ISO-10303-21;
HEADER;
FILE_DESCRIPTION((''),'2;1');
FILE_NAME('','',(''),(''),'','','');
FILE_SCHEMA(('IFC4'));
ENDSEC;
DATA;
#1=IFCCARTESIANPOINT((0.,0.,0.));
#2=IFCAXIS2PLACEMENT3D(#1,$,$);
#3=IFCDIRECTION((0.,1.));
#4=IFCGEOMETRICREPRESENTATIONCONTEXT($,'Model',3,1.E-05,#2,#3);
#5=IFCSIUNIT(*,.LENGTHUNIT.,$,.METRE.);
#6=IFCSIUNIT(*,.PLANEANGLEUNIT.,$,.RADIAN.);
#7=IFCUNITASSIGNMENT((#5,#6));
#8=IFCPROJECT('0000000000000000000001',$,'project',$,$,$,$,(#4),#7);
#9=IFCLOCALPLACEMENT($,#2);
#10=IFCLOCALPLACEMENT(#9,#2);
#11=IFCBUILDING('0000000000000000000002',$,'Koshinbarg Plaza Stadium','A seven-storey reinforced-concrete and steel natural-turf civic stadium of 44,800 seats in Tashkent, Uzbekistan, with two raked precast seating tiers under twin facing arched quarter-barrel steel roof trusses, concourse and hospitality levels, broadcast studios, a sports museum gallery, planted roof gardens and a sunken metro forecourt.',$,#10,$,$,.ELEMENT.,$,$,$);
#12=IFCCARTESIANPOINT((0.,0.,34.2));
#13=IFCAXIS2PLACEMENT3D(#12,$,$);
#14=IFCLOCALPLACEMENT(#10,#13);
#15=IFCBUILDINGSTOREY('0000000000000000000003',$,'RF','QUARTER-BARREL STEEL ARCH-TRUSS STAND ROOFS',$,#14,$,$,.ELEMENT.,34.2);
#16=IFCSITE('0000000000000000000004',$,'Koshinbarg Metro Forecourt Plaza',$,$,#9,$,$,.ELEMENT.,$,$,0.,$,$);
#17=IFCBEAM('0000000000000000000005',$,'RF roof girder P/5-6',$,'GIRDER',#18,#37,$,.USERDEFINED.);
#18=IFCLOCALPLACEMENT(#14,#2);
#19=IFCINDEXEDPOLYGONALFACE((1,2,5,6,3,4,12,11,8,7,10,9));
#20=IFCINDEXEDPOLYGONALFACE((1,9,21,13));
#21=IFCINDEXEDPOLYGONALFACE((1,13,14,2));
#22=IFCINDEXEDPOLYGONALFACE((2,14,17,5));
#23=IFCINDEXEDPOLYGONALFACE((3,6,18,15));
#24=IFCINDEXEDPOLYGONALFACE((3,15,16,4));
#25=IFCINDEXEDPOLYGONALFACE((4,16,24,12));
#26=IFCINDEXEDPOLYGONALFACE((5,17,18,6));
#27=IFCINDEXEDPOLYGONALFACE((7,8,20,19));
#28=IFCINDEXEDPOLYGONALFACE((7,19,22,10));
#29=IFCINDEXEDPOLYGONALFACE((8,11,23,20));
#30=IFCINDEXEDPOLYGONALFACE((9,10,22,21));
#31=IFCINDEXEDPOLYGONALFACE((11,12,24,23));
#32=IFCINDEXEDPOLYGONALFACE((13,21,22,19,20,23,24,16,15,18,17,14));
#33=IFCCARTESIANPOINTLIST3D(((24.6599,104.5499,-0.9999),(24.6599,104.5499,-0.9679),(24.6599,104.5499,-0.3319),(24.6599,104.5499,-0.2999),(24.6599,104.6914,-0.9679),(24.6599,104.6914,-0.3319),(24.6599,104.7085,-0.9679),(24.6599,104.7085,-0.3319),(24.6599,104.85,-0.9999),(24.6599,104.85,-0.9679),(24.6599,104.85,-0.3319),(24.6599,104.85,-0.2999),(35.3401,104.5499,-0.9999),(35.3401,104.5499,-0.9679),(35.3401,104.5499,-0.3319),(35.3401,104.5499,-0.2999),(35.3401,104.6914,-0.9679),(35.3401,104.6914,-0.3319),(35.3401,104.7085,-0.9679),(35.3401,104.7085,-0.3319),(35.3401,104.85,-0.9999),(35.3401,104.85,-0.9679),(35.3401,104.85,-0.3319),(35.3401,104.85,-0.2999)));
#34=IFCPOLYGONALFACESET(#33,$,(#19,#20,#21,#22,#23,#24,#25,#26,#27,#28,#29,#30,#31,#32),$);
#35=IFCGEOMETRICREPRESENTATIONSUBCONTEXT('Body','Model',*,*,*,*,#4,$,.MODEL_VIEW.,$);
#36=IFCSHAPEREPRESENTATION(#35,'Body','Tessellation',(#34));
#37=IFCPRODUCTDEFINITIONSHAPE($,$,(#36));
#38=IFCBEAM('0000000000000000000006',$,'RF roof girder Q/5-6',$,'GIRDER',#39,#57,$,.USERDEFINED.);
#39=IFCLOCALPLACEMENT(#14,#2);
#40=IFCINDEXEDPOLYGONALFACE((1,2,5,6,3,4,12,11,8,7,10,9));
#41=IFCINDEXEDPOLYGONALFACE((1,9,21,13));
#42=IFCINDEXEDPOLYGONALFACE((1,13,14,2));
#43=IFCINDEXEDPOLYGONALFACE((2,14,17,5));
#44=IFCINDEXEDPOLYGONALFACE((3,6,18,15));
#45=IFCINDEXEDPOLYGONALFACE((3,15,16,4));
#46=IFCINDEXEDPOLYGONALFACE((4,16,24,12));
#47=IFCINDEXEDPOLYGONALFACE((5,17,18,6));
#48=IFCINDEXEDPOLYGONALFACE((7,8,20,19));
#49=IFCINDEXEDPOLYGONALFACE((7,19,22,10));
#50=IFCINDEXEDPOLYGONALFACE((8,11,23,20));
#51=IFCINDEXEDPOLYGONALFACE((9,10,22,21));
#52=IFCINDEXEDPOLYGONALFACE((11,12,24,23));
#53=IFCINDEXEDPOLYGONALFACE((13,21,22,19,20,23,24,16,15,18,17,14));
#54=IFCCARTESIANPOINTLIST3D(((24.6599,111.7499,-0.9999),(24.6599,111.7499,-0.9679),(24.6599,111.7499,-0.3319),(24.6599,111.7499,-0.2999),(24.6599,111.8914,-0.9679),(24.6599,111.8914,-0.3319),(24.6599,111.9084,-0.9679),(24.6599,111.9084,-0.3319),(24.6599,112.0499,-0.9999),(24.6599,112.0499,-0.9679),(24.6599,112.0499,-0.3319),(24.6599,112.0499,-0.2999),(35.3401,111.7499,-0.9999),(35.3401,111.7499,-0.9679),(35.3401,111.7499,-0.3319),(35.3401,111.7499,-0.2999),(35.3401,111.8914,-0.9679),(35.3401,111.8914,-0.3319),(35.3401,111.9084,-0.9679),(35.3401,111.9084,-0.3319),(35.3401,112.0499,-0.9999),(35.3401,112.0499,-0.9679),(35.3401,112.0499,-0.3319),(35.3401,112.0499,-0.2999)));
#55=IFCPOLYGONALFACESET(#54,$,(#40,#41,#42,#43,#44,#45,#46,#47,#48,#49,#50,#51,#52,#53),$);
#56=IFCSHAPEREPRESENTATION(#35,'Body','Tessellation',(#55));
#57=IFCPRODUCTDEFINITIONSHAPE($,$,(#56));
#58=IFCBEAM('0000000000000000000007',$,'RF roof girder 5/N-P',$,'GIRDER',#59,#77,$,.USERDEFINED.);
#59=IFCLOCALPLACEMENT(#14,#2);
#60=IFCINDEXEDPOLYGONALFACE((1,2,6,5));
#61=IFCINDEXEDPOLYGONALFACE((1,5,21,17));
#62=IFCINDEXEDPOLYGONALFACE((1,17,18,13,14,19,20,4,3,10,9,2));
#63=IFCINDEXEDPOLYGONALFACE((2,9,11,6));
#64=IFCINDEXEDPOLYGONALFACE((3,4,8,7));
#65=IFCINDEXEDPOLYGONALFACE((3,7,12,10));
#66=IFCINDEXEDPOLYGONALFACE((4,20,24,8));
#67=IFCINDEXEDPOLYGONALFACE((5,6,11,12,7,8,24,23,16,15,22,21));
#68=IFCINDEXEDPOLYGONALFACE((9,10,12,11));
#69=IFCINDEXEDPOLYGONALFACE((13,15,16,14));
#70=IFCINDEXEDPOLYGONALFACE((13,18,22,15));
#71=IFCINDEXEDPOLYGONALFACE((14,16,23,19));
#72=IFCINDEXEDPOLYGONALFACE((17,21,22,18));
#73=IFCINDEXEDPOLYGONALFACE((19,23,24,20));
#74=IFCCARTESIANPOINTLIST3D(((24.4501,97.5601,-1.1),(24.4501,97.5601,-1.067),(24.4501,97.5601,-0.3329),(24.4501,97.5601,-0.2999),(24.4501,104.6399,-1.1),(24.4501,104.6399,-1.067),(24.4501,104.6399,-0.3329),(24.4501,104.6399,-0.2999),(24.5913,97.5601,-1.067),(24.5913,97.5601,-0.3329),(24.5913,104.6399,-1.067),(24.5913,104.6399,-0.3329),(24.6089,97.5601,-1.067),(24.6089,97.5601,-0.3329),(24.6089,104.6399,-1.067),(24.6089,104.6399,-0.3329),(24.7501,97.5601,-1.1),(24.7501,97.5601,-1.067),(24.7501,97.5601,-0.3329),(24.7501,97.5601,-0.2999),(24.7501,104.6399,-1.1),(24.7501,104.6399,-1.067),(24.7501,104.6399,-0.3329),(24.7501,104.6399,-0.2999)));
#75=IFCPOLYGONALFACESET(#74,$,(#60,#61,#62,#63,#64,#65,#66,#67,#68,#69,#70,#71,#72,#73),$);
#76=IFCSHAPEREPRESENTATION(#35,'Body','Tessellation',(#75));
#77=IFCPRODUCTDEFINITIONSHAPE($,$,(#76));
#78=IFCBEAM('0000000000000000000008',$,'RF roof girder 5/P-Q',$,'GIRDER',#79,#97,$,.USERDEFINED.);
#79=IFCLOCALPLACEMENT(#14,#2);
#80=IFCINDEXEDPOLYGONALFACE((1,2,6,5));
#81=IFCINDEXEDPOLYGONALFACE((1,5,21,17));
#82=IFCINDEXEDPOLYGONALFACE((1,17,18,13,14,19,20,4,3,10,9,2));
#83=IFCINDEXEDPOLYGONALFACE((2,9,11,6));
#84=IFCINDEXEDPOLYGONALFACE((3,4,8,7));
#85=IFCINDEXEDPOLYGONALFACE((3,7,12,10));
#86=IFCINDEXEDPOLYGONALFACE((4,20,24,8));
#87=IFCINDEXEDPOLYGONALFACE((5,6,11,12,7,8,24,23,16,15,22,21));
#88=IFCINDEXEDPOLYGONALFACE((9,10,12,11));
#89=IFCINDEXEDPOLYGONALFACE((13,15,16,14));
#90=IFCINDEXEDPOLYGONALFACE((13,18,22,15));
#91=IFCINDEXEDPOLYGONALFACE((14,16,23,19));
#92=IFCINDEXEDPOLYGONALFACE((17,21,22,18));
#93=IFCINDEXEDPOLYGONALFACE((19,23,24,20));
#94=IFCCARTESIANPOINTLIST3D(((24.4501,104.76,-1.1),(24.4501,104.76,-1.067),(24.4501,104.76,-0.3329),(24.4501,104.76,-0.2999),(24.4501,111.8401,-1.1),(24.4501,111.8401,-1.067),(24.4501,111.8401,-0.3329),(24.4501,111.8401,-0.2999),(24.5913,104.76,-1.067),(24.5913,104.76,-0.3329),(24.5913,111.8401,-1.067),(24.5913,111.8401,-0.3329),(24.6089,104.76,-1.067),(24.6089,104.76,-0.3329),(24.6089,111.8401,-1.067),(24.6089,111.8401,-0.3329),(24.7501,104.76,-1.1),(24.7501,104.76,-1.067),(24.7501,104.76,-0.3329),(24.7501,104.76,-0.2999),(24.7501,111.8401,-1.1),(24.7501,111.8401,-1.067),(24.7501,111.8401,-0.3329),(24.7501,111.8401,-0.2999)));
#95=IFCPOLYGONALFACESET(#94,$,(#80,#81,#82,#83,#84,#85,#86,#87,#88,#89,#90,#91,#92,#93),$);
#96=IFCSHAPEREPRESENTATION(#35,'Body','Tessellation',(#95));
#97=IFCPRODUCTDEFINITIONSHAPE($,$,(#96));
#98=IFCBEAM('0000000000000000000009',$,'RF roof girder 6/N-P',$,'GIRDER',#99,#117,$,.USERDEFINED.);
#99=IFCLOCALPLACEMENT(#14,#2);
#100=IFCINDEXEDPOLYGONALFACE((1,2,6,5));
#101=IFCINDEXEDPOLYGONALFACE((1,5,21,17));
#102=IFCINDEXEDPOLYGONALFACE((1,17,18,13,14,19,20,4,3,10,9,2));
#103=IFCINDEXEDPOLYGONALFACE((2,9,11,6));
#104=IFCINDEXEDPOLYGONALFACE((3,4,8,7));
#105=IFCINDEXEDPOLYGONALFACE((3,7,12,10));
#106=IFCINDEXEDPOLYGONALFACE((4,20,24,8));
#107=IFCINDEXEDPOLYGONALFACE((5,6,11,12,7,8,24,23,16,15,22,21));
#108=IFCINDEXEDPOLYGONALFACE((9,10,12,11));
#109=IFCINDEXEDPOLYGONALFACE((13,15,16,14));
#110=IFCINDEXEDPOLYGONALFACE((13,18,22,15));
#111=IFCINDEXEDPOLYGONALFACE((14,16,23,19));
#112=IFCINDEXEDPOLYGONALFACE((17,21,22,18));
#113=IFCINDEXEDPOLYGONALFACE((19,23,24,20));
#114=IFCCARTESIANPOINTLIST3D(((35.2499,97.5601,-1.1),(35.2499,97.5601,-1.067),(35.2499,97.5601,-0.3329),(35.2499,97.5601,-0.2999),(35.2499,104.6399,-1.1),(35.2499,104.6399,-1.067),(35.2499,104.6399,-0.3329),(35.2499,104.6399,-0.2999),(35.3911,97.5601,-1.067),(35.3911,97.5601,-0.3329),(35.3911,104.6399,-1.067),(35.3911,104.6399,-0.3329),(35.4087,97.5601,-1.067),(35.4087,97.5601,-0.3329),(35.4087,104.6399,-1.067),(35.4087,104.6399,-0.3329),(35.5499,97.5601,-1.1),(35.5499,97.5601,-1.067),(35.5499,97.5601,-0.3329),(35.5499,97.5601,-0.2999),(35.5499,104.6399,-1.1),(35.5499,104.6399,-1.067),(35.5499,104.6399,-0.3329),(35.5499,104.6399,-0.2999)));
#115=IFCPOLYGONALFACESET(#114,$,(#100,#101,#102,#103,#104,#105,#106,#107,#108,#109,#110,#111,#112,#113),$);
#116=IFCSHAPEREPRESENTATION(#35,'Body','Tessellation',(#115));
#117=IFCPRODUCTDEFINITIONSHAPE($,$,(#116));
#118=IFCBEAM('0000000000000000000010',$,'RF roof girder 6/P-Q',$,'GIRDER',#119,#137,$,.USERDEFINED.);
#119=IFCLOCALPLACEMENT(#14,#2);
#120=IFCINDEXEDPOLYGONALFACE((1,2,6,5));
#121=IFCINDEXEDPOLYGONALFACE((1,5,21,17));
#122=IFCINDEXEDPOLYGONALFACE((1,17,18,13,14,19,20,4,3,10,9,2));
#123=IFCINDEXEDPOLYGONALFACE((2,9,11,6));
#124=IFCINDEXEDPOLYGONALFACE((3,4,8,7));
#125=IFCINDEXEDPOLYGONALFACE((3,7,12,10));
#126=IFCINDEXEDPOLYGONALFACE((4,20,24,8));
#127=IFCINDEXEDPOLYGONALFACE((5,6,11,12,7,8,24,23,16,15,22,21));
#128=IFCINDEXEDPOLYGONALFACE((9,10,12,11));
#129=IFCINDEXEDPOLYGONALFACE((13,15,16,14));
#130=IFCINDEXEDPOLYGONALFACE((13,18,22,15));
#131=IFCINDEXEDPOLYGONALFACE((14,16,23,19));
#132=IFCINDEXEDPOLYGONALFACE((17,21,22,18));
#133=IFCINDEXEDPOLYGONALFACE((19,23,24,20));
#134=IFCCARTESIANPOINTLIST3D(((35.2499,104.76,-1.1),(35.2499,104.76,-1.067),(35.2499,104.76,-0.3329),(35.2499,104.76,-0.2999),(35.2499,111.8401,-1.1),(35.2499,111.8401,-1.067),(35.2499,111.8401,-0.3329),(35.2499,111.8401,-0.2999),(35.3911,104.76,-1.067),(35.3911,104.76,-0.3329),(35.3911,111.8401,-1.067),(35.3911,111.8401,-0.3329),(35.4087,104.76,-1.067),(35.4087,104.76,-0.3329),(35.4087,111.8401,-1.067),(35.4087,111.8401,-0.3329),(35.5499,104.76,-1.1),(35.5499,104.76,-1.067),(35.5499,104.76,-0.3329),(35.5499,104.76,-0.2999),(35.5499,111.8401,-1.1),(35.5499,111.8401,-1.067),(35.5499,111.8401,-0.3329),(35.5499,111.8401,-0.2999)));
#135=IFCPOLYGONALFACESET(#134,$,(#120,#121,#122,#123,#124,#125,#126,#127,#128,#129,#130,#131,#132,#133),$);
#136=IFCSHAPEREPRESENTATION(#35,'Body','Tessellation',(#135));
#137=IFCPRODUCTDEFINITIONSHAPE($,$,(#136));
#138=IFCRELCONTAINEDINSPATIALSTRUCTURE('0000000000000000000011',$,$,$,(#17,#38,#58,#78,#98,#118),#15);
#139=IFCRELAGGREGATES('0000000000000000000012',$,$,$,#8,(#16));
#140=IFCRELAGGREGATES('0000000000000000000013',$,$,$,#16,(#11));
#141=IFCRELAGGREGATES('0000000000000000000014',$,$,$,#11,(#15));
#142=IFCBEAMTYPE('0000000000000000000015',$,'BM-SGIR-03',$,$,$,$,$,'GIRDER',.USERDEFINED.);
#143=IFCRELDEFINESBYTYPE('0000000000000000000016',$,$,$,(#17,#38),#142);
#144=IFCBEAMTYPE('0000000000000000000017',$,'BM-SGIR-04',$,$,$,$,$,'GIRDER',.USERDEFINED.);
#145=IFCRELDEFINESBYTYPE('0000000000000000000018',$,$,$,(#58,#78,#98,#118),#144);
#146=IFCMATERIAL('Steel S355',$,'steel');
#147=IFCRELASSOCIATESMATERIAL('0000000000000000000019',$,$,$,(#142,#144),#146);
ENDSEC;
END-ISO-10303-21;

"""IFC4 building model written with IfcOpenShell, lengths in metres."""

from ifc_helpers import new_model, si_unit, direction, frame, origin, origin_2d, place, context, subcontext, project, spatial, i_section, extrude, material, material_profile, profile_set, type_object, element, save


model = new_model("IFC4")

# Units and contexts
model_context = context("Model", 3, precision=1e-05, world=origin(), true_north=direction((0.0, 1.0)))
body_context = subcontext(model_context, "Body", "Model", "MODEL_VIEW")
ifc_project = project(units=[si_unit("LENGTHUNIT", "METRE"), si_unit("PLANEANGLEUNIT", "RADIAN")], contexts=[model_context])

# Site, building, storey
site_placement = place(None, origin())
site = spatial("IfcSite", under=ifc_project, at=site_placement, Name="Koshinbarg Metro Forecourt Plaza", CompositionType="ELEMENT", RefElevation=0.0)
building_placement = place(site_placement, origin())
building = spatial("IfcBuilding", under=site, at=building_placement, Name="Koshinbarg Plaza Stadium", Description="A seven-storey reinforced-concrete and steel natural-turf civic stadium of 44,800 seats in Tashkent, Uzbekistan, with two raked precast seating tiers under twin facing arched quarter-barrel steel roof trusses, concourse and hospitality levels, broadcast studios, a sports museum gallery, planted roof gardens and a sunken metro forecourt.", CompositionType="ELEMENT")
storey_placement = place(building_placement, frame((0.0, 0.0, 34.2)))
storey = spatial("IfcBuildingStorey", under=building, at=storey_placement, Name="RF", Description="QUARTER-BARREL STEEL ARCH-TRUSS STAND ROOFS", CompositionType="ELEMENT", Elevation=34.2)

# Beams
ifc_material_1 = material(Name="Steel S355", Category="steel")
ifc_material_profile_1 = material_profile(ifc_material_1, i_section(OverallWidth=0.3, OverallDepth=0.7, WebThickness=0.0171, FlangeThickness=0.032, at=origin_2d()), Name="HEB 700")
ifc_profile_set_1 = profile_set([ifc_material_profile_1], Name="Steel S355")
beam_type_1 = type_object("IfcBeamType", Name="BM-SGIR-03", ElementType="GIRDER", PredefinedType="USERDEFINED", material=ifc_profile_set_1)
for number, where, z_axis, x_axis, name in (
    (1, (24.6599, 104.7, -0.6499), (1.0, 0.0, 0.0), (0.0, 1.0, 0.0), "RF roof girder P/5-6"),
    (2, (24.6599, 111.8999, -0.6499), (1.0, 0.0, 0.0), (0.0, 1.0, 0.0), "RF roof girder Q/5-6"),
):
    element("IfcBeam", number, at=place(storey_placement, frame(where, z_axis=z_axis, x_axis=x_axis)), inside=storey, type_object=beam_type_1, Name=name, ObjectType="GIRDER", PredefinedType="USERDEFINED", context=body_context, shape_type="SweptSolid", body=[
        extrude(i_section(OverallWidth=0.3, OverallDepth=0.7, WebThickness=0.0171, FlangeThickness=0.032, at=origin_2d()), origin(), (0.0, 0.0, 1.0), 10.6802),
    ])
ifc_material_profile_2 = material_profile(ifc_material_1, i_section(OverallWidth=0.3, OverallDepth=0.8, WebThickness=0.0176, FlangeThickness=0.033, at=origin_2d()), Name="HEB 800")
ifc_profile_set_2 = profile_set([ifc_material_profile_2], Name="Steel S355")
beam_type_2 = type_object("IfcBeamType", Name="BM-SGIR-04", ElementType="GIRDER", PredefinedType="USERDEFINED", material=ifc_profile_set_2)
beam_1_placement = place(storey_placement, frame((24.6001, 97.5601, -0.7), z_axis=(0.0, 1.0, 0.0), x_axis=(-1.0, 0.0, 0.0)))
element("IfcBeam", 3, at=beam_1_placement, inside=storey, type_object=beam_type_2, Name="RF roof girder 5/N-P", ObjectType="GIRDER", PredefinedType="USERDEFINED", context=body_context, shape_type="SweptSolid", body=[
    extrude(i_section(OverallWidth=0.3, OverallDepth=0.8, WebThickness=0.0176, FlangeThickness=0.033, at=origin_2d()), origin(), (0.0, 0.0, 1.0), 7.0798),
])
beam_2_placement = place(storey_placement, frame((24.6001, 104.76, -0.7), z_axis=(0.0, 1.0, 0.0), x_axis=(-1.0, 0.0, 0.0)))
element("IfcBeam", 4, at=beam_2_placement, inside=storey, type_object=beam_type_2, Name="RF roof girder 5/P-Q", ObjectType="GIRDER", PredefinedType="USERDEFINED", context=body_context, shape_type="SweptSolid", body=[
    extrude(i_section(OverallWidth=0.3, OverallDepth=0.8, WebThickness=0.0176, FlangeThickness=0.033, at=origin_2d()), origin(), (0.0, 0.0, 1.0), 7.0801),
])
beam_3_placement = place(storey_placement, frame((35.3999, 97.5601, -0.7), z_axis=(0.0, 1.0, 0.0), x_axis=(-1.0, 0.0, 0.0)))
element("IfcBeam", 5, at=beam_3_placement, inside=storey, type_object=beam_type_2, Name="RF roof girder 6/N-P", ObjectType="GIRDER", PredefinedType="USERDEFINED", context=body_context, shape_type="SweptSolid", body=[
    extrude(i_section(OverallWidth=0.3, OverallDepth=0.8, WebThickness=0.0176, FlangeThickness=0.033, at=origin_2d()), origin(), (0.0, 0.0, 1.0), 7.0798),
])
beam_4_placement = place(storey_placement, frame((35.3999, 104.76, -0.7), z_axis=(0.0, 1.0, 0.0), x_axis=(-1.0, 0.0, 0.0)))
element("IfcBeam", 6, at=beam_4_placement, inside=storey, type_object=beam_type_2, Name="RF roof girder 6/P-Q", ObjectType="GIRDER", PredefinedType="USERDEFINED", context=body_context, shape_type="SweptSolid", body=[
    extrude(i_section(OverallWidth=0.3, OverallDepth=0.8, WebThickness=0.0176, FlangeThickness=0.033, at=origin_2d()), origin(), (0.0, 0.0, 1.0), 7.0801),
])

save(model, "model.ifc")
